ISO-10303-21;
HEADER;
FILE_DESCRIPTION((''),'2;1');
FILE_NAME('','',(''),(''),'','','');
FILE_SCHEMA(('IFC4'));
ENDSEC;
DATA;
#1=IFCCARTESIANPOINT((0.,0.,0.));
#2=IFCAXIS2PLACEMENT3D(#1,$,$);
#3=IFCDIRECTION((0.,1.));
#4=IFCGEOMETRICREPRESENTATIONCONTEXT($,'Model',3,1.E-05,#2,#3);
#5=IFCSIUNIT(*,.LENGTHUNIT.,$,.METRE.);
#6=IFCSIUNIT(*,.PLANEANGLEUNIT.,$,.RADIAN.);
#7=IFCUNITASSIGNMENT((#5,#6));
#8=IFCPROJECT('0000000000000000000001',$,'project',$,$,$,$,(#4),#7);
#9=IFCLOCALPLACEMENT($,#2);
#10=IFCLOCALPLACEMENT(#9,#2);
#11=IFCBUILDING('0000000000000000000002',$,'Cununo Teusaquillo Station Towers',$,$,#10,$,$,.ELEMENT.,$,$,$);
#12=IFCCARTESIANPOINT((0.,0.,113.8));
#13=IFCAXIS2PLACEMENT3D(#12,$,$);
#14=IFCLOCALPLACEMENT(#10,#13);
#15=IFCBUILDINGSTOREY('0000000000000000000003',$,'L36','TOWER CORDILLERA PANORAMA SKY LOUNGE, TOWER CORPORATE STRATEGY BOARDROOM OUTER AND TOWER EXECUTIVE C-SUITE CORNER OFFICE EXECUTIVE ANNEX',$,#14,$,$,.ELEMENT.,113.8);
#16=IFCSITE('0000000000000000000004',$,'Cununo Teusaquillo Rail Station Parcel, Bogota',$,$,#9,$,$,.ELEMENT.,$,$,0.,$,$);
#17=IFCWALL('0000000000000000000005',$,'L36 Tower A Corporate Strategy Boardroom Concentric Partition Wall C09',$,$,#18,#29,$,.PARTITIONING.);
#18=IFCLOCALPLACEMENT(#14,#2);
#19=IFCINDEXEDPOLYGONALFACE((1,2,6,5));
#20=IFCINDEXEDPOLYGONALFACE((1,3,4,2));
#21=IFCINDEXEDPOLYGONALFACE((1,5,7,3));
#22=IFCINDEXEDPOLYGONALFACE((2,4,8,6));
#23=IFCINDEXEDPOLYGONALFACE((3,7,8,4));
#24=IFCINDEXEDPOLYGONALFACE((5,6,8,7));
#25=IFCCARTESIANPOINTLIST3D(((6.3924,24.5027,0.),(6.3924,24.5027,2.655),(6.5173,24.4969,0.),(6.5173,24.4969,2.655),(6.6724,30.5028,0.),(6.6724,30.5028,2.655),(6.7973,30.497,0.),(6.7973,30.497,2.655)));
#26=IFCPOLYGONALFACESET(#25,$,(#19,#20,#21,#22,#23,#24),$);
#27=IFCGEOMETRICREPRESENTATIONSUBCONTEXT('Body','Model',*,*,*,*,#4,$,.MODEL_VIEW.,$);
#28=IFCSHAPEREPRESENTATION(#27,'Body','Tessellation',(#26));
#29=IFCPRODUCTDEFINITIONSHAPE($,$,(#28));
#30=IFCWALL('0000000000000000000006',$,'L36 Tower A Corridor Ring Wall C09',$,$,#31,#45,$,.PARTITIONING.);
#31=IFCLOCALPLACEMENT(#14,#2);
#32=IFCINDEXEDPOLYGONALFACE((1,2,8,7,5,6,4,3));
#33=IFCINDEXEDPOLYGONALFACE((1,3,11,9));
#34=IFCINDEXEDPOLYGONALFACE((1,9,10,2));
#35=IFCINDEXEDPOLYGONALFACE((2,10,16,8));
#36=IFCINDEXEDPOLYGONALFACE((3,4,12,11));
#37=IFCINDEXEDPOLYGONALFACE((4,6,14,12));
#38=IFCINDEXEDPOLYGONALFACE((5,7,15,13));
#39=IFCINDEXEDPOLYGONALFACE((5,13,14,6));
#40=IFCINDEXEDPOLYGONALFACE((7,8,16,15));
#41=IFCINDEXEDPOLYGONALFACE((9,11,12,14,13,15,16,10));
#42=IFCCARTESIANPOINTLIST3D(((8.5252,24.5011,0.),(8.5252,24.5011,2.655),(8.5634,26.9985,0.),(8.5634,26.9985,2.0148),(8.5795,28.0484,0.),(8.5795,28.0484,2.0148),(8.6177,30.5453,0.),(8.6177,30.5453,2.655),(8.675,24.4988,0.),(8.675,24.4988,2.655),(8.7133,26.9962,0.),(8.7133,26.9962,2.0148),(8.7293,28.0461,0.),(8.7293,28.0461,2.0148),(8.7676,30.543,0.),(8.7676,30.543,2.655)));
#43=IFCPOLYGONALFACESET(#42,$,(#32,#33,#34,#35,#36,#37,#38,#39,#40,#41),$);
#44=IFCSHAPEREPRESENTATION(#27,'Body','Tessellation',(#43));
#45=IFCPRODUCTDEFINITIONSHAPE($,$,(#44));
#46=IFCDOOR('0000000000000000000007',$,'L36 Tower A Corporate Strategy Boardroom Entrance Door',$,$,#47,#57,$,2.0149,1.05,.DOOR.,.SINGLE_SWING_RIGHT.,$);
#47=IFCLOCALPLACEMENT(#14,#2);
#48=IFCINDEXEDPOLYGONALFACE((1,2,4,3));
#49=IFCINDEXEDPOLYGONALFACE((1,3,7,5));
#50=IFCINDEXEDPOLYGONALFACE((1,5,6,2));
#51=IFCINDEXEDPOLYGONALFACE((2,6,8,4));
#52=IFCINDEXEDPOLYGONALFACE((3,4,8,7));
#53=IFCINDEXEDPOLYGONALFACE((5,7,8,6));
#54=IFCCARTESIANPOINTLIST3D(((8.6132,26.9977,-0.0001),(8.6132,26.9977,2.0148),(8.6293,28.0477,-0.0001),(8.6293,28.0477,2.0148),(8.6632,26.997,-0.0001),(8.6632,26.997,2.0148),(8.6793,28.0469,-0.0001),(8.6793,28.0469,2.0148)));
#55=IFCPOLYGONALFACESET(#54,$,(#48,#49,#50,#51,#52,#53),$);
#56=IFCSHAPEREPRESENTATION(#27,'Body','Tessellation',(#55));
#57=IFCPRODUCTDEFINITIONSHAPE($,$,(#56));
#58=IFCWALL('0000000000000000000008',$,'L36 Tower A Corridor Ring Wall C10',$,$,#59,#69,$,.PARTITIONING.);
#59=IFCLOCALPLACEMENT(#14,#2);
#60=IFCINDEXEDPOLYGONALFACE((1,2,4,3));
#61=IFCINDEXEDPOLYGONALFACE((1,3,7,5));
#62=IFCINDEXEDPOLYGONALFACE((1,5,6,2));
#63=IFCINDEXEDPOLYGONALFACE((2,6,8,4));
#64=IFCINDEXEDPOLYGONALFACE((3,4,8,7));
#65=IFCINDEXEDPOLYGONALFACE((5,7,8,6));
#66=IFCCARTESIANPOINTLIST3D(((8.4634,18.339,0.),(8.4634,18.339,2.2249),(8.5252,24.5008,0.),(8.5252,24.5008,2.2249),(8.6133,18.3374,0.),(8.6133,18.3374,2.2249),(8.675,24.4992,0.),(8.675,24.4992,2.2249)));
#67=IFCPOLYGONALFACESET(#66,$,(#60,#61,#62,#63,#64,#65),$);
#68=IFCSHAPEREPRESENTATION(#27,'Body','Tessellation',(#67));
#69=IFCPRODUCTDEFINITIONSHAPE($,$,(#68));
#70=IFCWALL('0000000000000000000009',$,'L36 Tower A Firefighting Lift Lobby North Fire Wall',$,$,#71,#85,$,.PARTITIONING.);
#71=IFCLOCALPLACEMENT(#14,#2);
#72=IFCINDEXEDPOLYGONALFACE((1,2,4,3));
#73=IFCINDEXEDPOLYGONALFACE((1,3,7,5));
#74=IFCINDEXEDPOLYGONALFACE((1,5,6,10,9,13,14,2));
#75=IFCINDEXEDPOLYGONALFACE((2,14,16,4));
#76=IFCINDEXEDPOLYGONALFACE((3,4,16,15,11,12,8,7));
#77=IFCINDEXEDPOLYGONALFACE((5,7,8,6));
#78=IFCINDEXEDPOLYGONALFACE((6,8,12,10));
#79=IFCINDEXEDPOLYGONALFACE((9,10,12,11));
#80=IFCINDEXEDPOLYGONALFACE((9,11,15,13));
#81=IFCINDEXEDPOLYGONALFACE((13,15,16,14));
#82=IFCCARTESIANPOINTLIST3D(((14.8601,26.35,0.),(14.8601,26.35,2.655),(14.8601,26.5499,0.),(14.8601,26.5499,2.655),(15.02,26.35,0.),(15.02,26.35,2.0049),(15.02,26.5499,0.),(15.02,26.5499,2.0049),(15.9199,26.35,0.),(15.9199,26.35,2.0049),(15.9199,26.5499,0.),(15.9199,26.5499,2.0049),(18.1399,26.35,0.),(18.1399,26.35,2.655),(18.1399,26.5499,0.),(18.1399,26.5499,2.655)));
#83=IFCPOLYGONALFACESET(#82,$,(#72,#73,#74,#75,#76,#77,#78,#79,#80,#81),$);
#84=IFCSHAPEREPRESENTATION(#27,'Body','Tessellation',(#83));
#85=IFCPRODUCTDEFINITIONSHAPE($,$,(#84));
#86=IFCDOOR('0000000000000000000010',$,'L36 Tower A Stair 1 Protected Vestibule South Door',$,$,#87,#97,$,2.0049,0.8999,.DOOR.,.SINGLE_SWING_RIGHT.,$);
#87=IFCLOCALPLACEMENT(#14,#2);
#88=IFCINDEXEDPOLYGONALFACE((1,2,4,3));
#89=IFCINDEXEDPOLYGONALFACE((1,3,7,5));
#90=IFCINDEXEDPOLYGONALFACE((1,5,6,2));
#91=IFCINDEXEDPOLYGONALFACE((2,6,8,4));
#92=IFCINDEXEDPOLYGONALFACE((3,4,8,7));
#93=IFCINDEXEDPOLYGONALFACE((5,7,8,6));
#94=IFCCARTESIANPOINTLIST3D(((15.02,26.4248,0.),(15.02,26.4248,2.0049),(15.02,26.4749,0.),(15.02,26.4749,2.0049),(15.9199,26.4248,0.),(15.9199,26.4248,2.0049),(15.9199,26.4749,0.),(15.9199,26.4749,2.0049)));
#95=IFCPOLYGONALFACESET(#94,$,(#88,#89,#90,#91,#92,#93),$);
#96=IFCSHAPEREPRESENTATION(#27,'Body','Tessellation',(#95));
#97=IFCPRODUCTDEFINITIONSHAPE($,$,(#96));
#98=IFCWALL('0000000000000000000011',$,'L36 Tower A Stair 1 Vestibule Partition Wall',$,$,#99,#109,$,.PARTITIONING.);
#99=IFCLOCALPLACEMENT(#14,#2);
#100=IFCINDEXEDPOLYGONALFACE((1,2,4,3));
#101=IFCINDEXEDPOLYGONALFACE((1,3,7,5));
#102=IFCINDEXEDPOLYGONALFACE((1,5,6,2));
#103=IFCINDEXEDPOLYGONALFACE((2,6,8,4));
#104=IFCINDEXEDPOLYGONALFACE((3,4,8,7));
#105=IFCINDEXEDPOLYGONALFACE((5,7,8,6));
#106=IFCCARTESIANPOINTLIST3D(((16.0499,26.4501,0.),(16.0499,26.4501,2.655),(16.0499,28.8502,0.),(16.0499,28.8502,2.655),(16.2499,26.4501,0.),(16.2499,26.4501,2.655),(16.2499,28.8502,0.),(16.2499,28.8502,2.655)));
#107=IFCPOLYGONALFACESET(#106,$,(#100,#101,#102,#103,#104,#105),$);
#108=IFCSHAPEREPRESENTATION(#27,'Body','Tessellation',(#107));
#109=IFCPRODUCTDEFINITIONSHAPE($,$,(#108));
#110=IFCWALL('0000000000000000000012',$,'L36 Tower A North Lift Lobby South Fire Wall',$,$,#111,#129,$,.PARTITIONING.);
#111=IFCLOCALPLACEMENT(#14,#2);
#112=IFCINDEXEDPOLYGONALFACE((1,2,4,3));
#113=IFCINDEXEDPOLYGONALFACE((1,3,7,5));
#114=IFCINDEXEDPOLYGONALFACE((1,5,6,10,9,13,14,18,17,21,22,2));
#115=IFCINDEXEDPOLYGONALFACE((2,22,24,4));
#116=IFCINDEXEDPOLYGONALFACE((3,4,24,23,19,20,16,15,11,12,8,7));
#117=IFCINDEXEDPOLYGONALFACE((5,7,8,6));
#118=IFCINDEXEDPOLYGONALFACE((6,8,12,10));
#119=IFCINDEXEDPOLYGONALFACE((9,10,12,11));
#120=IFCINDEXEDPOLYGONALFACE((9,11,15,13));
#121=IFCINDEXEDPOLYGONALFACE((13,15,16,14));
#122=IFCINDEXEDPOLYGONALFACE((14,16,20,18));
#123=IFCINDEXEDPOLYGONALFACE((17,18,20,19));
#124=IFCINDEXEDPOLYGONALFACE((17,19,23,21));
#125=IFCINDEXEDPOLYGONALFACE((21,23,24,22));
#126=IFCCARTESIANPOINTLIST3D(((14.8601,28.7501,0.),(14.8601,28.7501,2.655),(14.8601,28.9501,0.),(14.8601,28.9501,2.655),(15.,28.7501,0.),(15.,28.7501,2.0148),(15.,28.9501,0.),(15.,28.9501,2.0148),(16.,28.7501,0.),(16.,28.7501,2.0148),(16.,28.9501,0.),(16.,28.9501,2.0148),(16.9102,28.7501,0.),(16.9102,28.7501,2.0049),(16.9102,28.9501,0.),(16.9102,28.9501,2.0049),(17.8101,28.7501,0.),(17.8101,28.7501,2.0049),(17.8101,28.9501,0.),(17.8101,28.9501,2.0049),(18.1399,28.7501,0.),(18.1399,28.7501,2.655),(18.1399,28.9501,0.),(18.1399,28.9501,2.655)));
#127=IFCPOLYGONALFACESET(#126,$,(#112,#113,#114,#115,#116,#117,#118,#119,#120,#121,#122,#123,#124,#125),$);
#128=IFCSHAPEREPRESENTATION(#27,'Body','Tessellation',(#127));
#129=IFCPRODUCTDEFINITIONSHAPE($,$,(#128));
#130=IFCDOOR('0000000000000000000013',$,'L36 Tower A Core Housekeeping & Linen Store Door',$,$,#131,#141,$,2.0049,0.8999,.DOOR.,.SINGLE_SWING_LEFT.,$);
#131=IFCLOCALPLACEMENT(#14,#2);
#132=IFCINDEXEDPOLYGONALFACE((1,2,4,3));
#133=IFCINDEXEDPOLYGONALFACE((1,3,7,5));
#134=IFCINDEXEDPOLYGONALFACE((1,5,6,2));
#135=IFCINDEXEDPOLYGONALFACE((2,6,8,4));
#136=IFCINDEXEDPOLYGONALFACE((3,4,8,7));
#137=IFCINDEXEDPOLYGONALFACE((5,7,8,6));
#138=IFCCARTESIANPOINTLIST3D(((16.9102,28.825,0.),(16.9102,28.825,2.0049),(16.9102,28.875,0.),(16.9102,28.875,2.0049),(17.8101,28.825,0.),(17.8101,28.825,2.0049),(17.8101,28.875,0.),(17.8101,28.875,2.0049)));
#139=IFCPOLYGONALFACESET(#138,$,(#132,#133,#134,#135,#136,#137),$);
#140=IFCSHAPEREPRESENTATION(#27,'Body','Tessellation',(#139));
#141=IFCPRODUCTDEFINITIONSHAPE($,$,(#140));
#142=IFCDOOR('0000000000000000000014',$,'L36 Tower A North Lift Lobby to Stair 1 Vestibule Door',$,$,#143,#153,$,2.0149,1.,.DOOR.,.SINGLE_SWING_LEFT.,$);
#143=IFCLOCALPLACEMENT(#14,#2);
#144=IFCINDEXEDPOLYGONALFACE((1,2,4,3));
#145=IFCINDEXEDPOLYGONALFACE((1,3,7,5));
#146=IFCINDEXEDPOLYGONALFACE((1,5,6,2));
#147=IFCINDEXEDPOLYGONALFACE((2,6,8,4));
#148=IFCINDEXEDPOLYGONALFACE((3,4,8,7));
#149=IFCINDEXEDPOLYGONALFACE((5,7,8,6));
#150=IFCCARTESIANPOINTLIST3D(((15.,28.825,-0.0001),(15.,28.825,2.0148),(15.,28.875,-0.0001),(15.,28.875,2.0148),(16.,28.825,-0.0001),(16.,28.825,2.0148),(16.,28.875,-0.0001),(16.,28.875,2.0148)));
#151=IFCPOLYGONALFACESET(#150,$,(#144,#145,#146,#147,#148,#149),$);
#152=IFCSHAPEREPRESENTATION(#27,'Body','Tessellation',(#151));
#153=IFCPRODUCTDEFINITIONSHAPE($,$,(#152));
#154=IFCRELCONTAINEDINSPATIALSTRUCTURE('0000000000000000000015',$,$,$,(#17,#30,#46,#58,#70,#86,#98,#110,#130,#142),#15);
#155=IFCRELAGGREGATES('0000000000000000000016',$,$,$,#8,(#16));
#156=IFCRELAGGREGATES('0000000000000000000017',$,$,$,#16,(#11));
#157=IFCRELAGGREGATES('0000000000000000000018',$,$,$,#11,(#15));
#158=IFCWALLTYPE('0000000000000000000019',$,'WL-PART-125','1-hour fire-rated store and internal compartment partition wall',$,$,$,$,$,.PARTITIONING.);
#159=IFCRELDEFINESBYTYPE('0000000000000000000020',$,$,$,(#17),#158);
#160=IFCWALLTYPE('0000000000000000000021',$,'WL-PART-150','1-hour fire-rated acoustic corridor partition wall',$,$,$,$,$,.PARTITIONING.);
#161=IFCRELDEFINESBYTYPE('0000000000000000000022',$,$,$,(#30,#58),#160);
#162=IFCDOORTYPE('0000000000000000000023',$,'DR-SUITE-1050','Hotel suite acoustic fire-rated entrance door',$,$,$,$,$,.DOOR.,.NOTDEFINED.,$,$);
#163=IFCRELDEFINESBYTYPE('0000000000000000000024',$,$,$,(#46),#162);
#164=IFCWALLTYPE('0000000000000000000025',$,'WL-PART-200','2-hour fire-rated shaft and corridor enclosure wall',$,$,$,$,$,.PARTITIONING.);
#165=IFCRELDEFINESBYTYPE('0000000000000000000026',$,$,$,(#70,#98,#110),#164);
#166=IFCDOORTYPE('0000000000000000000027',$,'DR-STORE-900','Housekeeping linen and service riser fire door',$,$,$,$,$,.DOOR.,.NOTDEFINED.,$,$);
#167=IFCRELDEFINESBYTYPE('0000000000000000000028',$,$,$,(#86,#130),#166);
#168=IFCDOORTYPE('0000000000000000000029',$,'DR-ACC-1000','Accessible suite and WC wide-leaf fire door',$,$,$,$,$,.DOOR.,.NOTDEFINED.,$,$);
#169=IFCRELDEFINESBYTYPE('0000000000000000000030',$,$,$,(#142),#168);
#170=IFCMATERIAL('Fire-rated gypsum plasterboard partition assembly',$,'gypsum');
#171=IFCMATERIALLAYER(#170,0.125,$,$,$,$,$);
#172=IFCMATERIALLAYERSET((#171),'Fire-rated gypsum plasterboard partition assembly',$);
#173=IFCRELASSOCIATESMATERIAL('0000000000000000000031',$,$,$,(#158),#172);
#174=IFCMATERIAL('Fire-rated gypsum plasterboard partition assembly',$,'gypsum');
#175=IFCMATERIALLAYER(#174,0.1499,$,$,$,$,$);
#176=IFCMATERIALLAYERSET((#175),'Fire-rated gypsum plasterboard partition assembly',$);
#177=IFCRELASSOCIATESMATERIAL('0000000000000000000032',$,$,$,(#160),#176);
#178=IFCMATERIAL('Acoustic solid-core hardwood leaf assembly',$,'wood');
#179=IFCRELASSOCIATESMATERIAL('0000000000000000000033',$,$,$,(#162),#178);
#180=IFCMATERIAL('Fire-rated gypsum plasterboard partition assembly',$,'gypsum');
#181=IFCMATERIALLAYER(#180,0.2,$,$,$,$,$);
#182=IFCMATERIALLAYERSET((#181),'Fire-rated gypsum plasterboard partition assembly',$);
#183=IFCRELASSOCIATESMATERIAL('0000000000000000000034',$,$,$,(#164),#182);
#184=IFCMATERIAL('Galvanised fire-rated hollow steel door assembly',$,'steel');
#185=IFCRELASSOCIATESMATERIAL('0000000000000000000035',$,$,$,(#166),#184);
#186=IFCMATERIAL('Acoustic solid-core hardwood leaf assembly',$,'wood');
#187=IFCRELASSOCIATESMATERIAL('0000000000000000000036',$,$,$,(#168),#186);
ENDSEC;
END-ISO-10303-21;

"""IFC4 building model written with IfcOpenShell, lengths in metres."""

from ifc_helpers import new_model, si_unit, direction, frame, frame_2d, origin, place, context, subcontext, project, spatial, rectangle, extrude, source, transform, mapped, material, layer, layer_set, type_object, element, fill, save


model = new_model("IFC4")

# Units and contexts
model_context = context("Model", 3, precision=1e-05, world=origin(), true_north=direction((0.0, 1.0)))
body_context = subcontext(model_context, "Body", "Model", "MODEL_VIEW")
ifc_project = project(units=[si_unit("LENGTHUNIT", "METRE"), si_unit("PLANEANGLEUNIT", "RADIAN")], contexts=[model_context])

# Site, building, storey
site_placement = place(None, origin())
site = spatial("IfcSite", under=ifc_project, at=site_placement, Name="Cununo Teusaquillo Rail Station Parcel, Bogota", CompositionType="ELEMENT", RefElevation=0.0)
building_placement = place(site_placement, origin())
building = spatial("IfcBuilding", under=site, at=building_placement, Name="Cununo Teusaquillo Station Towers", CompositionType="ELEMENT")
storey_placement = place(building_placement, frame((0.0, 0.0, 113.8)))
storey = spatial("IfcBuildingStorey", under=building, at=storey_placement, Name="L36", Description="TOWER CORDILLERA PANORAMA SKY LOUNGE, TOWER CORPORATE STRATEGY BOARDROOM OUTER AND TOWER EXECUTIVE C-SUITE CORNER OFFICE EXECUTIVE ANNEX", CompositionType="ELEMENT", Elevation=113.8)

# Wall
ifc_material_1 = material(Name="Fire-rated gypsum plasterboard partition assembly", Category="gypsum")
ifc_layer_1 = layer(ifc_material_1, 0.125)
ifc_layer_set_1 = layer_set([ifc_layer_1], Name="Fire-rated gypsum plasterboard partition assembly")
wall_type_1 = type_object("IfcWallType", Name="WL-PART-125", Description="1-hour fire-rated store and internal compartment partition wall", PredefinedType="PARTITIONING", material=ifc_layer_set_1)
wall_1_placement = place(storey_placement, frame((6.7349, 30.5, 0.0), z_axis=(0.0, 0.0, 1.0), x_axis=(-0.046621, -0.998913, 0.0)))
element("IfcWall", 1, at=wall_1_placement, inside=storey, type_object=wall_type_1, Name="L36 Tower A Corporate Strategy Boardroom Concentric Partition Wall C09", PredefinedType="PARTITIONING", context=body_context, shape_type="SweptSolid", body=[
    extrude(rectangle(XDim=6.0066, YDim=0.125, at=frame_2d((3.0034, 0.0))), origin(), (0.0, 0.0, 1.0), 2.655),
])

# Wall, opening, door
ifc_material_2 = material(Name="Fire-rated gypsum plasterboard partition assembly", Category="gypsum")
ifc_layer_2 = layer(ifc_material_2, 0.1499)
ifc_layer_set_2 = layer_set([ifc_layer_2], Name="Fire-rated gypsum plasterboard partition assembly")
wall_type_2 = type_object("IfcWallType", Name="WL-PART-150", Description="1-hour fire-rated acoustic corridor partition wall", PredefinedType="PARTITIONING", material=ifc_layer_set_2)
wall_2_placement = place(storey_placement, frame((8.6926, 30.5442, 0.0), z_axis=(0.0, 0.0, 1.0), x_axis=(-0.015307, -0.999883, 0.0)))
wall_2 = element("IfcWall", 2, at=wall_2_placement, inside=storey, type_object=wall_type_2, Name="L36 Tower A Corridor Ring Wall C09", PredefinedType="PARTITIONING", context=body_context, shape_type="SweptSolid", body=[
    extrude(rectangle(XDim=6.0449, YDim=0.1499, at=frame_2d((3.0225, 0.0))), origin(), (0.0, 0.0, 1.0), 2.655),
])
shared_shape_1 = source(origin(), body_context, "Body", "SweptSolid", [
    extrude(rectangle(XDim=1.05, YDim=2.0149, at=frame_2d((0.5249, 1.0073))), frame((0.0, 0.085, 0.0), z_axis=(0.0, -1.0, 0.0), x_axis=(1.0, 0.0, 0.0)), (0.0, 0.0, 1.0), 0.1699),
])
opening_1_placement = place(wall_2_placement, frame((2.4973, 0.0, 0.0)))
opening_1 = element("IfcOpeningElement", 3, at=opening_1_placement, cuts=wall_2, PredefinedType="OPENING", context=body_context, shape_type="MappedRepresentation", body=[
    mapped(shared_shape_1, transform((0.0, 0.0, 0.0), x_axis=(1.0, 0.0, 0.0), y_axis=(0.0, 1.0, 0.0), z_axis=(0.0, 0.0, 1.0), scale=1.0)),
])
ifc_material_3 = material(Name="Acoustic solid-core hardwood leaf assembly", Category="wood")
door_type_1 = type_object("IfcDoorType", Name="DR-SUITE-1050", Description="Hotel suite acoustic fire-rated entrance door", OperationType="NOTDEFINED", PredefinedType="DOOR", material=ifc_material_3)
shared_shape_2 = source(origin(), body_context, "Body", "SweptSolid", [
    extrude(rectangle(XDim=1.05, YDim=2.0149, at=frame_2d((0.5249, 1.0073))), frame((0.0, 0.0249, 0.0), z_axis=(0.0, -1.0, 0.0), x_axis=(1.0, 0.0, 0.0)), (0.0, 0.0, 1.0), 0.05),
])
door_1_placement = place(opening_1_placement, origin())
door_1 = element("IfcDoor", 4, at=door_1_placement, inside=storey, type_object=door_type_1, Name="L36 Tower A Corporate Strategy Boardroom Entrance Door", OperationType="SINGLE_SWING_RIGHT", OverallHeight=2.0149, OverallWidth=1.05, PredefinedType="DOOR", context=body_context, shape_type="MappedRepresentation", body=[
    mapped(shared_shape_2, transform((0.0, 0.0, 0.0), x_axis=(1.0, 0.0, 0.0), y_axis=(0.0, 1.0, 0.0), z_axis=(0.0, 0.0, 1.0), scale=1.0)),
])
fill(opening_1, door_1)

# Wall
wall_3_placement = place(storey_placement, frame((8.6001, 24.5, 0.0), z_axis=(0.0, 0.0, 1.0), x_axis=(-0.010024, -0.99995, 0.0)))
element("IfcWall", 5, at=wall_3_placement, inside=storey, type_object=wall_type_2, Name="L36 Tower A Corridor Ring Wall C10", PredefinedType="PARTITIONING", context=body_context, shape_type="SweptSolid", body=[
    extrude(rectangle(XDim=6.1621, YDim=0.1499, at=frame_2d((3.0811, 0.0))), origin(), (0.0, 0.0, 1.0), 2.2249),
])

# Wall, opening, door
ifc_material_4 = material(Name="Fire-rated gypsum plasterboard partition assembly", Category="gypsum")
ifc_layer_3 = layer(ifc_material_4, 0.2)
ifc_layer_set_3 = layer_set([ifc_layer_3], Name="Fire-rated gypsum plasterboard partition assembly")
wall_type_3 = type_object("IfcWallType", Name="WL-PART-200", Description="2-hour fire-rated shaft and corridor enclosure wall", PredefinedType="PARTITIONING", material=ifc_layer_set_3)
wall_4_placement = place(storey_placement, frame((14.8601, 26.45, 0.0), z_axis=(0.0, 0.0, 1.0), x_axis=(1.0, 0.0, 0.0)))
wall_4 = element("IfcWall", 6, at=wall_4_placement, inside=storey, type_object=wall_type_3, Name="L36 Tower A Firefighting Lift Lobby North Fire Wall", PredefinedType="PARTITIONING", context=body_context, shape_type="SweptSolid", body=[
    extrude(rectangle(XDim=3.2798, YDim=0.2, at=frame_2d((1.6399, 0.0))), origin(), (0.0, 0.0, 1.0), 2.655),
])
shared_shape_3 = source(origin(), body_context, "Body", "SweptSolid", [
    extrude(rectangle(XDim=0.8999, YDim=2.0049, at=frame_2d((0.45, 1.0024))), frame((0.0, 0.1099, 0.0), z_axis=(0.0, -1.0, 0.0), x_axis=(1.0, 0.0, 0.0)), (0.0, 0.0, 1.0), 0.22),
])
opening_2_placement = place(wall_4_placement, frame((0.1599, 0.0, 0.0)))
opening_2 = element("IfcOpeningElement", 7, at=opening_2_placement, cuts=wall_4, PredefinedType="OPENING", context=body_context, shape_type="MappedRepresentation", body=[
    mapped(shared_shape_3, transform((0.0, 0.0, 0.0), x_axis=(1.0, 0.0, 0.0), y_axis=(0.0, 1.0, 0.0), z_axis=(0.0, 0.0, 1.0), scale=1.0)),
])
ifc_material_5 = material(Name="Galvanised fire-rated hollow steel door assembly", Category="steel")
door_type_2 = type_object("IfcDoorType", Name="DR-STORE-900", Description="Housekeeping linen and service riser fire door", OperationType="NOTDEFINED", PredefinedType="DOOR", material=ifc_material_5)
shared_shape_4 = source(origin(), body_context, "Body", "SweptSolid", [
    extrude(rectangle(XDim=0.8999, YDim=2.0049, at=frame_2d((0.45, 1.0024))), frame((0.0, 0.0249, 0.0), z_axis=(0.0, -1.0, 0.0), x_axis=(1.0, 0.0, 0.0)), (0.0, 0.0, 1.0), 0.05),
])
door_2_placement = place(opening_2_placement, origin())
door_2 = element("IfcDoor", 8, at=door_2_placement, inside=storey, type_object=door_type_2, Name="L36 Tower A Stair 1 Protected Vestibule South Door", OperationType="SINGLE_SWING_RIGHT", OverallHeight=2.0049, OverallWidth=0.8999, PredefinedType="DOOR", context=body_context, shape_type="MappedRepresentation", body=[
    mapped(shared_shape_4, transform((0.0, 0.0, 0.0), x_axis=(1.0, 0.0, 0.0), y_axis=(0.0, 1.0, 0.0), z_axis=(0.0, 0.0, 1.0), scale=1.0)),
])
fill(opening_2, door_2)

# Wall
wall_5_placement = place(storey_placement, frame((16.1499, 26.45, 0.0), z_axis=(0.0, 0.0, 1.0), x_axis=(0.0, 1.0, 0.0)))
element("IfcWall", 9, at=wall_5_placement, inside=storey, type_object=wall_type_3, Name="L36 Tower A Stair 1 Vestibule Partition Wall", PredefinedType="PARTITIONING", context=body_context, shape_type="SweptSolid", body=[
    extrude(rectangle(XDim=2.4001, YDim=0.2, at=frame_2d((1.2002, 0.0))), origin(), (0.0, 0.0, 1.0), 2.655),
])

# Wall, openings, doors
wall_6_placement = place(storey_placement, frame((14.8601, 28.8501, 0.0), z_axis=(0.0, 0.0, 1.0), x_axis=(1.0, 0.0, 0.0)))
wall_6 = element("IfcWall", 10, at=wall_6_placement, inside=storey, type_object=wall_type_3, Name="L36 Tower A North Lift Lobby South Fire Wall", PredefinedType="PARTITIONING", context=body_context, shape_type="SweptSolid", body=[
    extrude(rectangle(XDim=3.2798, YDim=0.2, at=frame_2d((1.6399, 0.0))), origin(), (0.0, 0.0, 1.0), 2.655),
])
shared_shape_5 = source(origin(), body_context, "Body", "SweptSolid", [
    extrude(rectangle(XDim=1.0, YDim=2.0149, at=frame_2d((0.5, 1.0073))), frame((0.0, 0.1099, 0.0), z_axis=(0.0, -1.0, 0.0), x_axis=(1.0, 0.0, 0.0)), (0.0, 0.0, 1.0), 0.22),
])
opening_3_placement = place(wall_6_placement, frame((0.1399, 0.0, 0.0)))
opening_3 = element("IfcOpeningElement", 11, at=opening_3_placement, cuts=wall_6, PredefinedType="OPENING", context=body_context, shape_type="MappedRepresentation", body=[
    mapped(shared_shape_5, transform((0.0, 0.0, 0.0), x_axis=(1.0, 0.0, 0.0), y_axis=(0.0, 1.0, 0.0), z_axis=(0.0, 0.0, 1.0), scale=1.0)),
])
opening_4_placement = place(wall_6_placement, frame((2.05, 0.0, 0.0)))
opening_4 = element("IfcOpeningElement", 12, at=opening_4_placement, cuts=wall_6, PredefinedType="OPENING", context=body_context, shape_type="MappedRepresentation", body=[
    mapped(shared_shape_3, transform((0.0, 0.0, 0.0), x_axis=(1.0, 0.0, 0.0), y_axis=(0.0, 1.0, 0.0), z_axis=(0.0, 0.0, 1.0), scale=1.0)),
])
door_3_placement = place(opening_4_placement, origin())
door_3 = element("IfcDoor", 13, at=door_3_placement, inside=storey, type_object=door_type_2, Name="L36 Tower A Core Housekeeping & Linen Store Door", OperationType="SINGLE_SWING_LEFT", OverallHeight=2.0049, OverallWidth=0.8999, PredefinedType="DOOR", context=body_context, shape_type="MappedRepresentation", body=[
    mapped(shared_shape_4, transform((0.0, 0.0, 0.0), x_axis=(1.0, 0.0, 0.0), y_axis=(0.0, 1.0, 0.0), z_axis=(0.0, 0.0, 1.0), scale=1.0)),
])
fill(opening_4, door_3)
ifc_material_6 = material(Name="Acoustic solid-core hardwood leaf assembly", Category="wood")
door_type_3 = type_object("IfcDoorType", Name="DR-ACC-1000", Description="Accessible suite and WC wide-leaf fire door", OperationType="NOTDEFINED", PredefinedType="DOOR", material=ifc_material_6)
shared_shape_6 = source(origin(), body_context, "Body", "SweptSolid", [
    extrude(rectangle(XDim=1.0, YDim=2.0149, at=frame_2d((0.5, 1.0073))), frame((0.0, 0.0249, 0.0), z_axis=(0.0, -1.0, 0.0), x_axis=(1.0, 0.0, 0.0)), (0.0, 0.0, 1.0), 0.05),
])
door_4_placement = place(opening_3_placement, origin())
door_4 = element("IfcDoor", 14, at=door_4_placement, inside=storey, type_object=door_type_3, Name="L36 Tower A North Lift Lobby to Stair 1 Vestibule Door", OperationType="SINGLE_SWING_LEFT", OverallHeight=2.0149, OverallWidth=1.0, PredefinedType="DOOR", context=body_context, shape_type="MappedRepresentation", body=[
    mapped(shared_shape_6, transform((0.0, 0.0, 0.0), x_axis=(1.0, 0.0, 0.0), y_axis=(0.0, 1.0, 0.0), z_axis=(0.0, 0.0, 1.0), scale=1.0)),
])
fill(opening_3, door_4)

save(model, "model.ifc")
